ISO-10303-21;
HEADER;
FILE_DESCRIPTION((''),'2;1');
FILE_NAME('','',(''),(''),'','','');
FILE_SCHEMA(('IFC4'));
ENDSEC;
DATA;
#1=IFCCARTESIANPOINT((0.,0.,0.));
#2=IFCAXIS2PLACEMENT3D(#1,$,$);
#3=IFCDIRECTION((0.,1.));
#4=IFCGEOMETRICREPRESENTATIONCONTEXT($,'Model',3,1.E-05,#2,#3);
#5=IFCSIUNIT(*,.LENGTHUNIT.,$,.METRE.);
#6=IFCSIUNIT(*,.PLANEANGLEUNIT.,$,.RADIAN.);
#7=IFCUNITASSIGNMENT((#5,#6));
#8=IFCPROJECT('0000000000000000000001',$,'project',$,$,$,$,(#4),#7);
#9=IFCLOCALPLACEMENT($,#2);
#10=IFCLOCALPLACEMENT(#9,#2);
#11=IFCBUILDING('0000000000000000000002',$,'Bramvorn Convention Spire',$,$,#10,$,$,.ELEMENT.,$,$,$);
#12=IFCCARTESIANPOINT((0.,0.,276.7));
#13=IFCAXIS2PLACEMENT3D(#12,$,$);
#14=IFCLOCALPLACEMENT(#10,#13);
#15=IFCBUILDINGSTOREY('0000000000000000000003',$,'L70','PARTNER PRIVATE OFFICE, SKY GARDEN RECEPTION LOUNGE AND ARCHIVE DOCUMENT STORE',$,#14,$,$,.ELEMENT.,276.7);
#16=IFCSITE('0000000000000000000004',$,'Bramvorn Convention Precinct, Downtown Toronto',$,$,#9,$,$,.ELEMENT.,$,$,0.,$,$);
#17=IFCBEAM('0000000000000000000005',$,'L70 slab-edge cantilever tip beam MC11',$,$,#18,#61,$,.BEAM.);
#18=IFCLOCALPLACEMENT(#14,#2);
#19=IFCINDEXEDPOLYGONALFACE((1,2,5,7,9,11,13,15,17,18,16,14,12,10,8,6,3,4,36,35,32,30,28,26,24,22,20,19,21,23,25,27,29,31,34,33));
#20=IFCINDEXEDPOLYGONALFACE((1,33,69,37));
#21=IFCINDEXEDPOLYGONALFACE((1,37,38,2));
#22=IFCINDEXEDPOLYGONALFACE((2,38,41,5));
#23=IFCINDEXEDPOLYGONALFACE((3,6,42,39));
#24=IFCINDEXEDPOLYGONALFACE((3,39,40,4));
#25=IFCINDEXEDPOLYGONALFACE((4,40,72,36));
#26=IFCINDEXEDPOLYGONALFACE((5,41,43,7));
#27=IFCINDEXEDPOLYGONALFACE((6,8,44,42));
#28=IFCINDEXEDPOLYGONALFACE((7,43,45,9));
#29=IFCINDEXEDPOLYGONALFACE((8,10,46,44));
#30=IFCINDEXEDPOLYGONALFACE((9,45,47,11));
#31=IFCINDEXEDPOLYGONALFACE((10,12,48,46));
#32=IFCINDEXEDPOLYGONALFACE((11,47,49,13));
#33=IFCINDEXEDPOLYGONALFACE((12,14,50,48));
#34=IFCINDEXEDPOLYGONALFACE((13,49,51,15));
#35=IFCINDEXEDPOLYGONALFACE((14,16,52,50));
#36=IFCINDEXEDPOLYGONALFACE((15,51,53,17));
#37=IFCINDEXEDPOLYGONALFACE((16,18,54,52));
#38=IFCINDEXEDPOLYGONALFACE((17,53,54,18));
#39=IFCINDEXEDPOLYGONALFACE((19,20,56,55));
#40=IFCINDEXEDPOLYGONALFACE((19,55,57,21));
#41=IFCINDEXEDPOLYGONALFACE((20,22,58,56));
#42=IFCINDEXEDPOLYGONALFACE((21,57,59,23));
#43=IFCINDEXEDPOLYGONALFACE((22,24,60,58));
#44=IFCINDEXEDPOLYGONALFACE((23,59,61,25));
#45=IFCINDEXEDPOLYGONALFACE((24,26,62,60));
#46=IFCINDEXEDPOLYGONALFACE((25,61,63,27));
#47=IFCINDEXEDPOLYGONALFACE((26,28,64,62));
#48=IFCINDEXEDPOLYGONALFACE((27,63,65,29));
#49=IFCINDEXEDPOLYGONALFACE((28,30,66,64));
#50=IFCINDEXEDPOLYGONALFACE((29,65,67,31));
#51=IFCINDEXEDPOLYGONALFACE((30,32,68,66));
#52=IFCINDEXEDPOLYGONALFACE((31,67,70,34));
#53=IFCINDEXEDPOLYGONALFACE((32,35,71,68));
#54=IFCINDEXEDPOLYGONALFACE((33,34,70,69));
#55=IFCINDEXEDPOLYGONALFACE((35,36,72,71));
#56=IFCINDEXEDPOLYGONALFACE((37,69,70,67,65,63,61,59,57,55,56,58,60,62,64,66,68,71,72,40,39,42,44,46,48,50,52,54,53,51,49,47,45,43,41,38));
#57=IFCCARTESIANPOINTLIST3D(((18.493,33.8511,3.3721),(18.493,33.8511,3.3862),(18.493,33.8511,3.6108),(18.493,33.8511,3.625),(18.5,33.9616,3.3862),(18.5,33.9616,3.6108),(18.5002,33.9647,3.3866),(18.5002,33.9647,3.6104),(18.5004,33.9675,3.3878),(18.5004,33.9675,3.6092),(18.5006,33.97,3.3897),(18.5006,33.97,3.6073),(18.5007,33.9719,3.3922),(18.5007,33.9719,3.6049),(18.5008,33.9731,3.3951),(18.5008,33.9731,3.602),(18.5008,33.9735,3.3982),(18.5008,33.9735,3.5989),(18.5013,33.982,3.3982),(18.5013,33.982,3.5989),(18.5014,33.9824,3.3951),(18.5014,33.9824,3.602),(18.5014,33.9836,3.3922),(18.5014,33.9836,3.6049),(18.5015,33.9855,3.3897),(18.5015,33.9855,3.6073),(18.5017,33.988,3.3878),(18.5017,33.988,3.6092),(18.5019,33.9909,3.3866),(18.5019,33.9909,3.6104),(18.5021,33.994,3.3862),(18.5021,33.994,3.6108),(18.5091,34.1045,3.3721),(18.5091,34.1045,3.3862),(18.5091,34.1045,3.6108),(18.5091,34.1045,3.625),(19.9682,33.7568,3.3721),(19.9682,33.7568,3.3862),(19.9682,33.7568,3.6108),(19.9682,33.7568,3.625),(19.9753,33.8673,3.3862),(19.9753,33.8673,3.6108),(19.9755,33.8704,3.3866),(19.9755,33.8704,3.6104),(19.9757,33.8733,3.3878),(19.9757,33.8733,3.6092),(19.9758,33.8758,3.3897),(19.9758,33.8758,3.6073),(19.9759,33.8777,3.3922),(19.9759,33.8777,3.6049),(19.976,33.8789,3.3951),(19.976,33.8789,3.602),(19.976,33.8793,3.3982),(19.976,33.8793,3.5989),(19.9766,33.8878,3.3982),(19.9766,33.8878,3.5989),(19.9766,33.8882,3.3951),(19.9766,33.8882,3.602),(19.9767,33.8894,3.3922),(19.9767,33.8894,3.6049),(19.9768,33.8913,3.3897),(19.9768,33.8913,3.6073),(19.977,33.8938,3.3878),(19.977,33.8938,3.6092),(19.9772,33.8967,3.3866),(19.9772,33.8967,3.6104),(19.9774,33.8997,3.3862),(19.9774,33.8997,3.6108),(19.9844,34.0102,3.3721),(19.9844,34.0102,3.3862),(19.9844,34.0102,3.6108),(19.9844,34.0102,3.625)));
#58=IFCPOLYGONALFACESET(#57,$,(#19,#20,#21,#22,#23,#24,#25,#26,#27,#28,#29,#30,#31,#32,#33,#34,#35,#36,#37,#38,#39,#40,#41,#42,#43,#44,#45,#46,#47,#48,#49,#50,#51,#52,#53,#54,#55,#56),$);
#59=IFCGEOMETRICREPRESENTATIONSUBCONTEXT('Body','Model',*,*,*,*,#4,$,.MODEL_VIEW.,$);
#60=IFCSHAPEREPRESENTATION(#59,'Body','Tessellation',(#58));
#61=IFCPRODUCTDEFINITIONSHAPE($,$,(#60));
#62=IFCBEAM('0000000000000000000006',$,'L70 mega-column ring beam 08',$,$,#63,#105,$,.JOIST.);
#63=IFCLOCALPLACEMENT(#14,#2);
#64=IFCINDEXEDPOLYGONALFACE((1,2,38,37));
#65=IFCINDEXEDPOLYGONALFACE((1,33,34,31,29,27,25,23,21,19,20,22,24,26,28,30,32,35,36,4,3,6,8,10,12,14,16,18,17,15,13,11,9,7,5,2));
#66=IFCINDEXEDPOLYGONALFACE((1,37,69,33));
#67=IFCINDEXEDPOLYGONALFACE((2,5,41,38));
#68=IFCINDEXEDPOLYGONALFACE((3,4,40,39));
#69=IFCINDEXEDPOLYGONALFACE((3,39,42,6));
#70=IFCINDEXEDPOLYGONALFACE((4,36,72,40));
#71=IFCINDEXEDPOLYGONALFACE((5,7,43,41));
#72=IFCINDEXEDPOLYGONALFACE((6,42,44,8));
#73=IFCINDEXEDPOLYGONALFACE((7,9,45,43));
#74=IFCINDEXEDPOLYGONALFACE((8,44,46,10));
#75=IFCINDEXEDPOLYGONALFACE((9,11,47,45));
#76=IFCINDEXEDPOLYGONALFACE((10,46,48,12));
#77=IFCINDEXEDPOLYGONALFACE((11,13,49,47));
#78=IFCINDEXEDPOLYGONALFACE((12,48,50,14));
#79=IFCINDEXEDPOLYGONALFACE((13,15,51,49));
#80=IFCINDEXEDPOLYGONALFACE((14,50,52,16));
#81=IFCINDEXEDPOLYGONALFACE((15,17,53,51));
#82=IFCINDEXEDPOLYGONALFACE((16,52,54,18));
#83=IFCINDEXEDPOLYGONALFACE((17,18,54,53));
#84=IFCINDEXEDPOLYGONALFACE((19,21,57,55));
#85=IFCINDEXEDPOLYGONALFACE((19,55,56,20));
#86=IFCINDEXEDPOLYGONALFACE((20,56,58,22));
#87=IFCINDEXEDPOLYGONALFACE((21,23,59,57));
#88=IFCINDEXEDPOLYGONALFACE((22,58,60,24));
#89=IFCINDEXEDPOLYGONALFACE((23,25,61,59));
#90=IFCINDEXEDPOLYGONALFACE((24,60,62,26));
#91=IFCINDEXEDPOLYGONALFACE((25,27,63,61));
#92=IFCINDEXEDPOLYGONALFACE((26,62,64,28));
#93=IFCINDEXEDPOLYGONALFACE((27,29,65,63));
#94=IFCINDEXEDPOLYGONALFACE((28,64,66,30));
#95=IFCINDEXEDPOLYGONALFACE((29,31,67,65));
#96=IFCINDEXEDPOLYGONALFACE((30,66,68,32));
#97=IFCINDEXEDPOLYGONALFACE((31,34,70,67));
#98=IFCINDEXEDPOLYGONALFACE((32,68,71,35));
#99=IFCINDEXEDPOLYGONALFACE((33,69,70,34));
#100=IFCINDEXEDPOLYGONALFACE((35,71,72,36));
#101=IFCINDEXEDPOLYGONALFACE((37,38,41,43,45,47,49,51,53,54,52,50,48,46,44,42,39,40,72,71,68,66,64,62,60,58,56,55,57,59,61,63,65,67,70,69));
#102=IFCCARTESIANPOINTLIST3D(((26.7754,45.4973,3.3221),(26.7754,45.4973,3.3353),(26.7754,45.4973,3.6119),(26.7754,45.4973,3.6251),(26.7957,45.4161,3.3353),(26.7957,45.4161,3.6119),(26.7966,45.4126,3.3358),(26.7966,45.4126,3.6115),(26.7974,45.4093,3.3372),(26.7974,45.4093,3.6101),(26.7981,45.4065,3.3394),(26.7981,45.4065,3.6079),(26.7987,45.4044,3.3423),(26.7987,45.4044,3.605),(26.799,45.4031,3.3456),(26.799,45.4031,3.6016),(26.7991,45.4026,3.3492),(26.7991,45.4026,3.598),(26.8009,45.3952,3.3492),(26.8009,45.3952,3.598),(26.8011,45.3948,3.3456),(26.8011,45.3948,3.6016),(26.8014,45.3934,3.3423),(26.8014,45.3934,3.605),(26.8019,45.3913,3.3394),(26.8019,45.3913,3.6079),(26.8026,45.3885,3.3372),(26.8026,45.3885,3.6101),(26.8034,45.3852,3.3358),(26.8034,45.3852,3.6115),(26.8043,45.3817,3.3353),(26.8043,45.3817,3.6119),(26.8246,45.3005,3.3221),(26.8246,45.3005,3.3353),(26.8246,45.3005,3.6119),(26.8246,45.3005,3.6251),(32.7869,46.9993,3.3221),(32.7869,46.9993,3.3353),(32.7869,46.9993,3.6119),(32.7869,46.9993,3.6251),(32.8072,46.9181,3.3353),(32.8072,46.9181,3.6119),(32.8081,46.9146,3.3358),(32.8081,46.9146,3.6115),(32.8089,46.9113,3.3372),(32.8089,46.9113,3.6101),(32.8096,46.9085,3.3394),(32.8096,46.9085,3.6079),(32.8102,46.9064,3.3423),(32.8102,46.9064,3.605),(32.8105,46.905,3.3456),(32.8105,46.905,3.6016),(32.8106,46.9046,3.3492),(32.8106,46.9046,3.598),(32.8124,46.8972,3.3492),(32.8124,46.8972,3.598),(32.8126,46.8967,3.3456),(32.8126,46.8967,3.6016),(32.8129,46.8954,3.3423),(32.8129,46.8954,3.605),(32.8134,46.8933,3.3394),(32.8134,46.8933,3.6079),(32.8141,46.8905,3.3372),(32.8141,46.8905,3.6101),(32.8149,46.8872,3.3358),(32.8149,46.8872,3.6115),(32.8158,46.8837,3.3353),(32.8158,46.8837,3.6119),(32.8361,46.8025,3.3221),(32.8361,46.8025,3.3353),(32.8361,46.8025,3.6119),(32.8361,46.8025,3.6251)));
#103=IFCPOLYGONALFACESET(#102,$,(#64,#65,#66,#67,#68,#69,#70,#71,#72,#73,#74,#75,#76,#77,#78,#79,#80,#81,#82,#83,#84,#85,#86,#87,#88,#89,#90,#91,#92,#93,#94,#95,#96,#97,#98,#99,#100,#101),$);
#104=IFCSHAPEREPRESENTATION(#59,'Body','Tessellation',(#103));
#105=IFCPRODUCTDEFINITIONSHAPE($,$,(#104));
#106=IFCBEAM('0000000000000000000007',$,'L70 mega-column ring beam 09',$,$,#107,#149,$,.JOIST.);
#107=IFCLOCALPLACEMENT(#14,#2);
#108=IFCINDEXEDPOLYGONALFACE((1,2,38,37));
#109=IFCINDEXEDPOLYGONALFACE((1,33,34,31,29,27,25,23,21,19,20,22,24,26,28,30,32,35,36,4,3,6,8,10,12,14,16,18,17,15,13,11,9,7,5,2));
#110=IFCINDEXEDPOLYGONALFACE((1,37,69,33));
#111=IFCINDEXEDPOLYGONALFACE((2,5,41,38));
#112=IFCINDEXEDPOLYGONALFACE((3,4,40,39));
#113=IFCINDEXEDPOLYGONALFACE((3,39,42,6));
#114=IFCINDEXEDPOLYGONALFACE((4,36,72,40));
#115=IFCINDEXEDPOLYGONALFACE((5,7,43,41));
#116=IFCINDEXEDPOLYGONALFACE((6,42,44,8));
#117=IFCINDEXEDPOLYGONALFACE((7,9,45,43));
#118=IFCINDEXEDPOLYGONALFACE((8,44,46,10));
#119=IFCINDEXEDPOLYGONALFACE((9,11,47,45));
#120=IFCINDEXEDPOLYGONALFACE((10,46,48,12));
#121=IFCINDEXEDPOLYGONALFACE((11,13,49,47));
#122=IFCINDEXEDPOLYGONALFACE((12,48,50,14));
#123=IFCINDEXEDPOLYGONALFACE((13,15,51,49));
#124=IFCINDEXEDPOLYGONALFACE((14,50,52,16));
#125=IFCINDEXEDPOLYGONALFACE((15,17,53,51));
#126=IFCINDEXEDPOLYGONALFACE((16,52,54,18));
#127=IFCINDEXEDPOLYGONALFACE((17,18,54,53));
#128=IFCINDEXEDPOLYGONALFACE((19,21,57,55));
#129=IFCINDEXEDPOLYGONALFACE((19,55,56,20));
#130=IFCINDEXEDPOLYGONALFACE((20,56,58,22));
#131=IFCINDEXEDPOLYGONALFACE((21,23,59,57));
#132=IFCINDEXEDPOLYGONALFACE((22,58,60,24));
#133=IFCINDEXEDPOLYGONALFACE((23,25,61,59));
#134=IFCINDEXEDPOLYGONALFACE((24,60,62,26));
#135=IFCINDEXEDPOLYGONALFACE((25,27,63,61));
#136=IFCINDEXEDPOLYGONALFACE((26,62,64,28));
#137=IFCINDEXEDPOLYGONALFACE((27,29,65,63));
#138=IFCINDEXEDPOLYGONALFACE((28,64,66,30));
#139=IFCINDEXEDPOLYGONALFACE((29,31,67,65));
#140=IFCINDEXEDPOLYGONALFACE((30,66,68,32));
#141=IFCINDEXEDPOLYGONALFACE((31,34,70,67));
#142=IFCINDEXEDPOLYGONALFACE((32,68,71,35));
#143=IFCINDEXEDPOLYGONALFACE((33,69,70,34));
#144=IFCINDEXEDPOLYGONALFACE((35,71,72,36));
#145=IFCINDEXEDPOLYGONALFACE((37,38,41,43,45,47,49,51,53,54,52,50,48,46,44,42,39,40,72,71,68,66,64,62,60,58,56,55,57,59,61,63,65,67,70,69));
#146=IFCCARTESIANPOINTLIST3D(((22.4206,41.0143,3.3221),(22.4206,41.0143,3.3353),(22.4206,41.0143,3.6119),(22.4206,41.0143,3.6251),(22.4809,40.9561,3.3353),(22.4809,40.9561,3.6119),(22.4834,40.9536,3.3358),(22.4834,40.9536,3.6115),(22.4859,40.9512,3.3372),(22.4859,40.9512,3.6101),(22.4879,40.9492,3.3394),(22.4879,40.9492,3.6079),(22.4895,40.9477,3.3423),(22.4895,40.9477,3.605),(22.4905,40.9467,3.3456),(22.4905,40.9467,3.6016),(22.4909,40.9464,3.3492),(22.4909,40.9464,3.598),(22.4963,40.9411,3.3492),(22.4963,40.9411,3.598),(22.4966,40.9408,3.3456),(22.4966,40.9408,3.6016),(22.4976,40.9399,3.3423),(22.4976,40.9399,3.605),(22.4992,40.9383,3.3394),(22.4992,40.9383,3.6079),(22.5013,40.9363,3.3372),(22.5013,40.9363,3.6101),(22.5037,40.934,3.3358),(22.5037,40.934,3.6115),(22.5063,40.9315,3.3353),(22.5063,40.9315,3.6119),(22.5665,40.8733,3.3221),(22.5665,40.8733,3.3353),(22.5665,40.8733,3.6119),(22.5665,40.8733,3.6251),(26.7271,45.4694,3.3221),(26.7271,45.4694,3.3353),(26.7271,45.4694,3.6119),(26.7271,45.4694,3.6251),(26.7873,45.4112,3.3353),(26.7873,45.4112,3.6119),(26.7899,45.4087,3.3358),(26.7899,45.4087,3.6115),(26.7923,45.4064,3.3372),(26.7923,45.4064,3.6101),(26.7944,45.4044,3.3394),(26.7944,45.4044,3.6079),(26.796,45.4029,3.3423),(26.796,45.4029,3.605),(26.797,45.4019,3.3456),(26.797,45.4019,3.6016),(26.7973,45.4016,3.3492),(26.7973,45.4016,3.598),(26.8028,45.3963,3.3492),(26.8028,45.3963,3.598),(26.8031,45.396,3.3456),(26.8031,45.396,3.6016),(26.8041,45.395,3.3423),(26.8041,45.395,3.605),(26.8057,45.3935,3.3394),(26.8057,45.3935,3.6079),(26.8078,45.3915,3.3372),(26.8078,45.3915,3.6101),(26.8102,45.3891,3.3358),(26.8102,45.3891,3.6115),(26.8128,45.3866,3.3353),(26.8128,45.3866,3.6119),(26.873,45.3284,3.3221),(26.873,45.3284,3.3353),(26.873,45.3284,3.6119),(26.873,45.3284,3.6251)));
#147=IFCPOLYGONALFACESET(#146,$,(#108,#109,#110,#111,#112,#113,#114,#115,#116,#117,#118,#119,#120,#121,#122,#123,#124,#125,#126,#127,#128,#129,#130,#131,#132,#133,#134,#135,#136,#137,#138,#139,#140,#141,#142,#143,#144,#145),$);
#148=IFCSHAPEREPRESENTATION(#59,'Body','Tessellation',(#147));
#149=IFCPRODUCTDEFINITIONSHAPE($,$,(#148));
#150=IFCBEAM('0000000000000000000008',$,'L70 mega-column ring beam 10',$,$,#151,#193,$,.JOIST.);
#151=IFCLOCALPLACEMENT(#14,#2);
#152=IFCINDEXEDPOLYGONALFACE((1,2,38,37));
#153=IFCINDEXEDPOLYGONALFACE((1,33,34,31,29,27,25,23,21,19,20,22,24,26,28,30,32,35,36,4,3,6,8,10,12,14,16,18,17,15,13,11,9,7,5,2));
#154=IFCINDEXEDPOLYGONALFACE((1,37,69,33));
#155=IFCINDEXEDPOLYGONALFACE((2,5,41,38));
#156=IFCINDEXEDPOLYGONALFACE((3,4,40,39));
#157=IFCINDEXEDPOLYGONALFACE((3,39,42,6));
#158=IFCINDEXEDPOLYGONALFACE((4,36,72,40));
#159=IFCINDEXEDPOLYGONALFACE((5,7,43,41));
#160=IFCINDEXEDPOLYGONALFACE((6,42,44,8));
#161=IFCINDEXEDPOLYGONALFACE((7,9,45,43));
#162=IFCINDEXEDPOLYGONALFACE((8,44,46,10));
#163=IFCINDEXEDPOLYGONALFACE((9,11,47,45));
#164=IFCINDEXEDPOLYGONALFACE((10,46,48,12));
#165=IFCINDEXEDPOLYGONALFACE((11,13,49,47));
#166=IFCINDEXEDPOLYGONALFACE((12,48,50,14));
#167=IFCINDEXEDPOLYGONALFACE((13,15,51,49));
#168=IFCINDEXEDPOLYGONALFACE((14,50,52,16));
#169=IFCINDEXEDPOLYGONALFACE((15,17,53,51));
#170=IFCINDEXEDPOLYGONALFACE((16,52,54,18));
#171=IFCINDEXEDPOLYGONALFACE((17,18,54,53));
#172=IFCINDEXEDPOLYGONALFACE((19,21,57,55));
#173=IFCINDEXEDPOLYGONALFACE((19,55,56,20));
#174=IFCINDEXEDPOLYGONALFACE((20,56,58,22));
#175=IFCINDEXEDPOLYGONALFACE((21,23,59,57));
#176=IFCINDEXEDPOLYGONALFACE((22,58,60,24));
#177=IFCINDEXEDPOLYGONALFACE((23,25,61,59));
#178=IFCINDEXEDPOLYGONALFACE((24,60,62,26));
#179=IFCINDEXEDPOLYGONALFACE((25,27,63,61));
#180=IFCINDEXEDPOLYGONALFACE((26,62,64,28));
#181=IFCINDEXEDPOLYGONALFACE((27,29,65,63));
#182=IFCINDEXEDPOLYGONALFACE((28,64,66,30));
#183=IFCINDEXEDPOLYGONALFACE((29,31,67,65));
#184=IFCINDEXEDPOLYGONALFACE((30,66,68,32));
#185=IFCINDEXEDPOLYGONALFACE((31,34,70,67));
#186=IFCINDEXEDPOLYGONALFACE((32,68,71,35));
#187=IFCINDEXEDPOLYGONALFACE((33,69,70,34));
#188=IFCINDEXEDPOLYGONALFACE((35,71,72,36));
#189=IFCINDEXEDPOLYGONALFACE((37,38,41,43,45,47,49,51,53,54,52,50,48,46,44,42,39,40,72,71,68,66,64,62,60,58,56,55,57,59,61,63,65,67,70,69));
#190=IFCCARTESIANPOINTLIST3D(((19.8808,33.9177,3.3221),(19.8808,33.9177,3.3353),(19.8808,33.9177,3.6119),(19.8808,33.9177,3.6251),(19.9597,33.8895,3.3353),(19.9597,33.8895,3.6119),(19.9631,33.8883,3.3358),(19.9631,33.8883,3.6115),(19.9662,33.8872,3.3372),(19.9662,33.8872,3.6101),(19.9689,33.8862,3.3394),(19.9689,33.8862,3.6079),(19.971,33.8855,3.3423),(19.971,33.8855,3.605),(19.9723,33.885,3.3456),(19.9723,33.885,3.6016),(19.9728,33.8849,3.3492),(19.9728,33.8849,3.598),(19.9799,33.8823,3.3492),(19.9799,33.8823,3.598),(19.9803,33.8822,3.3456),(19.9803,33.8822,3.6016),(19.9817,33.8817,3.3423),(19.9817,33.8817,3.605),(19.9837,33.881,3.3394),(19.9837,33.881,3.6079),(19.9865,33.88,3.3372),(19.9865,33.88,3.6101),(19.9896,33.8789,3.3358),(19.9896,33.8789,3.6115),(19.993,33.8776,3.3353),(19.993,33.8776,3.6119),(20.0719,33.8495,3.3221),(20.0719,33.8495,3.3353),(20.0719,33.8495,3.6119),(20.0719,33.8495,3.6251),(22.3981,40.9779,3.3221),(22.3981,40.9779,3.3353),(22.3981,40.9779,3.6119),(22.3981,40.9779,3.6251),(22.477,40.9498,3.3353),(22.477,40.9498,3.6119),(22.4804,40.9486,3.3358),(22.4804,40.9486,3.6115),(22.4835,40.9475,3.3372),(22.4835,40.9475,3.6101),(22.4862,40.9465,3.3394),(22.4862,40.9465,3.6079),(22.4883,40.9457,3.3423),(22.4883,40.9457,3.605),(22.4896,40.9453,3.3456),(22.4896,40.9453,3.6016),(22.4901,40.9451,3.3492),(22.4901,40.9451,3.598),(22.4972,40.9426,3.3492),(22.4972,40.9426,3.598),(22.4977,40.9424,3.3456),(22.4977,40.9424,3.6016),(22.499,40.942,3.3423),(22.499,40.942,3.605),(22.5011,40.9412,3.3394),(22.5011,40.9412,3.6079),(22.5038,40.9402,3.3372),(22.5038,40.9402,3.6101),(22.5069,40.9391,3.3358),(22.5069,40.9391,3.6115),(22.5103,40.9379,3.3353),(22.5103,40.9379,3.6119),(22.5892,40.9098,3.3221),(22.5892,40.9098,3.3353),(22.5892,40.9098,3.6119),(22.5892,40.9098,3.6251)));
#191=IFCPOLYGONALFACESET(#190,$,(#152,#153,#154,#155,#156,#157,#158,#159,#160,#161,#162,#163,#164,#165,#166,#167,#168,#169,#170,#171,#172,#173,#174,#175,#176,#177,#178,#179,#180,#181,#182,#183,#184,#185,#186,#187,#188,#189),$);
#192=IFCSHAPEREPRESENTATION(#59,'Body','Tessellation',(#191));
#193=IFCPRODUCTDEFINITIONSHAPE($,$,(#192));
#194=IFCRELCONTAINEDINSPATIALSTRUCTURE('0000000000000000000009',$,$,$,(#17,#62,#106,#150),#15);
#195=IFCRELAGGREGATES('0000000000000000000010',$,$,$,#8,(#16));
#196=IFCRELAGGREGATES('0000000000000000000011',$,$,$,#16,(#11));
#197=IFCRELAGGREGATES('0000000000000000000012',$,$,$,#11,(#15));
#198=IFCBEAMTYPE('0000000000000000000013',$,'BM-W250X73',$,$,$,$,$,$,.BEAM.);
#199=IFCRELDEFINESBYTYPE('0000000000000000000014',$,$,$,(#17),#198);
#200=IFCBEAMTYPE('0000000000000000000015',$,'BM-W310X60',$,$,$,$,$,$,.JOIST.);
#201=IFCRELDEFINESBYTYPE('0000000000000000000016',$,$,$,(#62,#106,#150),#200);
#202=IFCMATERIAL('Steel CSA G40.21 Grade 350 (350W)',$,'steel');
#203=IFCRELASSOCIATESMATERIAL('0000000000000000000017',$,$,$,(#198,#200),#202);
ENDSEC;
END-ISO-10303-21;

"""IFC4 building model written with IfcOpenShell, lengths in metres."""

from ifc_helpers import new_model, si_unit, direction, frame, origin, origin_2d, place, context, subcontext, project, spatial, i_section, extrude, material, material_profile, profile_set, type_object, element, save


model = new_model("IFC4")

# Units and contexts
model_context = context("Model", 3, precision=1e-05, world=origin(), true_north=direction((0.0, 1.0)))
body_context = subcontext(model_context, "Body", "Model", "MODEL_VIEW")
ifc_project = project(units=[si_unit("LENGTHUNIT", "METRE"), si_unit("PLANEANGLEUNIT", "RADIAN")], contexts=[model_context])

# Site, building, storey
site_placement = place(None, origin())
site = spatial("IfcSite", under=ifc_project, at=site_placement, Name="Bramvorn Convention Precinct, Downtown Toronto", CompositionType="ELEMENT", RefElevation=0.0)
building_placement = place(site_placement, origin())
building = spatial("IfcBuilding", under=site, at=building_placement, Name="Bramvorn Convention Spire", CompositionType="ELEMENT")
storey_placement = place(building_placement, frame((0.0, 0.0, 276.7)))
storey = spatial("IfcBuildingStorey", under=building, at=storey_placement, Name="L70", Description="PARTNER PRIVATE OFFICE, SKY GARDEN RECEPTION LOUNGE AND ARCHIVE DOCUMENT STORE", CompositionType="ELEMENT", Elevation=276.7)

# Shared definitions
ifc_material_1 = material(Name="Steel CSA G40.21 Grade 350 (350W)", Category="steel")

# Beams
ifc_material_profile_1 = material_profile(ifc_material_1, i_section(OverallWidth=0.2539, OverallDepth=0.2529, WebThickness=0.0085, FlangeThickness=0.0142, FilletRadius=0.012, at=origin_2d()))
ifc_profile_set_1 = profile_set([ifc_material_profile_1], Name="Steel CSA G40.21 Grade 350 (350W) - W250X73")
beam_type_1 = type_object("IfcBeamType", Name="BM-W250X73", PredefinedType="BEAM", material=ifc_profile_set_1)
beam_1_placement = place(storey_placement, frame((19.9763, 33.8835, 3.4985), z_axis=(-0.997966, 0.063746, 0.0), x_axis=(-0.063746, -0.997966, 0.0)))
element("IfcBeam", 1, at=beam_1_placement, inside=storey, type_object=beam_type_1, Name="L70 slab-edge cantilever tip beam MC11", PredefinedType="BEAM", context=body_context, shape_type="SweptSolid", body=[
    extrude(i_section(OverallWidth=0.2539, OverallDepth=0.2529, WebThickness=0.0085, FlangeThickness=0.0142, FilletRadius=0.012, at=origin_2d()), origin(), (0.0, 0.0, 1.0), 1.4783),
])
ifc_material_profile_2 = material_profile(ifc_material_1, i_section(OverallWidth=0.2029, OverallDepth=0.303, WebThickness=0.0076, FlangeThickness=0.0132, FilletRadius=0.0139, at=origin_2d()))
ifc_profile_set_2 = profile_set([ifc_material_profile_2], Name="Steel CSA G40.21 Grade 350 (350W) - W310X60")
beam_type_2 = type_object("IfcBeamType", Name="BM-W310X60", PredefinedType="JOIST", material=ifc_profile_set_2)
for number, where, z_axis, x_axis, name in (
    (2, (32.8115, 46.9009, 3.4736), (-0.970177, -0.242397, 0.0), (0.242397, -0.970177, 0.0), "L70 mega-column ring beam 08"),
    (3, (26.8, 45.3989, 3.4736), (-0.695007, -0.719003, 0.0), (0.719003, -0.695007, 0.0), "L70 mega-column ring beam 09"),
):
    element("IfcBeam", number, at=place(storey_placement, frame(where, z_axis=z_axis, x_axis=x_axis)), inside=storey, type_object=beam_type_2, Name=name, PredefinedType="JOIST", context=body_context, shape_type="SweptSolid", body=[
        extrude(i_section(OverallWidth=0.2029, OverallDepth=0.303, WebThickness=0.0076, FlangeThickness=0.0132, FilletRadius=0.0139, at=origin_2d()), origin(), (0.0, 0.0, 1.0), 6.1963),
    ])
beam_2_placement = place(storey_placement, frame((22.4937, 40.9438, 3.4736), z_axis=(-0.335839, -0.941919, 0.0), x_axis=(0.941919, -0.335839, 0.0)))
element("IfcBeam", 4, at=beam_2_placement, inside=storey, type_object=beam_type_2, Name="L70 mega-column ring beam 10", PredefinedType="JOIST", context=body_context, shape_type="SweptSolid", body=[
    extrude(i_section(OverallWidth=0.2029, OverallDepth=0.303, WebThickness=0.0076, FlangeThickness=0.0132, FilletRadius=0.0139, at=origin_2d()), origin(), (0.0, 0.0, 1.0), 7.4956),
])

save(model, "model.ifc")
